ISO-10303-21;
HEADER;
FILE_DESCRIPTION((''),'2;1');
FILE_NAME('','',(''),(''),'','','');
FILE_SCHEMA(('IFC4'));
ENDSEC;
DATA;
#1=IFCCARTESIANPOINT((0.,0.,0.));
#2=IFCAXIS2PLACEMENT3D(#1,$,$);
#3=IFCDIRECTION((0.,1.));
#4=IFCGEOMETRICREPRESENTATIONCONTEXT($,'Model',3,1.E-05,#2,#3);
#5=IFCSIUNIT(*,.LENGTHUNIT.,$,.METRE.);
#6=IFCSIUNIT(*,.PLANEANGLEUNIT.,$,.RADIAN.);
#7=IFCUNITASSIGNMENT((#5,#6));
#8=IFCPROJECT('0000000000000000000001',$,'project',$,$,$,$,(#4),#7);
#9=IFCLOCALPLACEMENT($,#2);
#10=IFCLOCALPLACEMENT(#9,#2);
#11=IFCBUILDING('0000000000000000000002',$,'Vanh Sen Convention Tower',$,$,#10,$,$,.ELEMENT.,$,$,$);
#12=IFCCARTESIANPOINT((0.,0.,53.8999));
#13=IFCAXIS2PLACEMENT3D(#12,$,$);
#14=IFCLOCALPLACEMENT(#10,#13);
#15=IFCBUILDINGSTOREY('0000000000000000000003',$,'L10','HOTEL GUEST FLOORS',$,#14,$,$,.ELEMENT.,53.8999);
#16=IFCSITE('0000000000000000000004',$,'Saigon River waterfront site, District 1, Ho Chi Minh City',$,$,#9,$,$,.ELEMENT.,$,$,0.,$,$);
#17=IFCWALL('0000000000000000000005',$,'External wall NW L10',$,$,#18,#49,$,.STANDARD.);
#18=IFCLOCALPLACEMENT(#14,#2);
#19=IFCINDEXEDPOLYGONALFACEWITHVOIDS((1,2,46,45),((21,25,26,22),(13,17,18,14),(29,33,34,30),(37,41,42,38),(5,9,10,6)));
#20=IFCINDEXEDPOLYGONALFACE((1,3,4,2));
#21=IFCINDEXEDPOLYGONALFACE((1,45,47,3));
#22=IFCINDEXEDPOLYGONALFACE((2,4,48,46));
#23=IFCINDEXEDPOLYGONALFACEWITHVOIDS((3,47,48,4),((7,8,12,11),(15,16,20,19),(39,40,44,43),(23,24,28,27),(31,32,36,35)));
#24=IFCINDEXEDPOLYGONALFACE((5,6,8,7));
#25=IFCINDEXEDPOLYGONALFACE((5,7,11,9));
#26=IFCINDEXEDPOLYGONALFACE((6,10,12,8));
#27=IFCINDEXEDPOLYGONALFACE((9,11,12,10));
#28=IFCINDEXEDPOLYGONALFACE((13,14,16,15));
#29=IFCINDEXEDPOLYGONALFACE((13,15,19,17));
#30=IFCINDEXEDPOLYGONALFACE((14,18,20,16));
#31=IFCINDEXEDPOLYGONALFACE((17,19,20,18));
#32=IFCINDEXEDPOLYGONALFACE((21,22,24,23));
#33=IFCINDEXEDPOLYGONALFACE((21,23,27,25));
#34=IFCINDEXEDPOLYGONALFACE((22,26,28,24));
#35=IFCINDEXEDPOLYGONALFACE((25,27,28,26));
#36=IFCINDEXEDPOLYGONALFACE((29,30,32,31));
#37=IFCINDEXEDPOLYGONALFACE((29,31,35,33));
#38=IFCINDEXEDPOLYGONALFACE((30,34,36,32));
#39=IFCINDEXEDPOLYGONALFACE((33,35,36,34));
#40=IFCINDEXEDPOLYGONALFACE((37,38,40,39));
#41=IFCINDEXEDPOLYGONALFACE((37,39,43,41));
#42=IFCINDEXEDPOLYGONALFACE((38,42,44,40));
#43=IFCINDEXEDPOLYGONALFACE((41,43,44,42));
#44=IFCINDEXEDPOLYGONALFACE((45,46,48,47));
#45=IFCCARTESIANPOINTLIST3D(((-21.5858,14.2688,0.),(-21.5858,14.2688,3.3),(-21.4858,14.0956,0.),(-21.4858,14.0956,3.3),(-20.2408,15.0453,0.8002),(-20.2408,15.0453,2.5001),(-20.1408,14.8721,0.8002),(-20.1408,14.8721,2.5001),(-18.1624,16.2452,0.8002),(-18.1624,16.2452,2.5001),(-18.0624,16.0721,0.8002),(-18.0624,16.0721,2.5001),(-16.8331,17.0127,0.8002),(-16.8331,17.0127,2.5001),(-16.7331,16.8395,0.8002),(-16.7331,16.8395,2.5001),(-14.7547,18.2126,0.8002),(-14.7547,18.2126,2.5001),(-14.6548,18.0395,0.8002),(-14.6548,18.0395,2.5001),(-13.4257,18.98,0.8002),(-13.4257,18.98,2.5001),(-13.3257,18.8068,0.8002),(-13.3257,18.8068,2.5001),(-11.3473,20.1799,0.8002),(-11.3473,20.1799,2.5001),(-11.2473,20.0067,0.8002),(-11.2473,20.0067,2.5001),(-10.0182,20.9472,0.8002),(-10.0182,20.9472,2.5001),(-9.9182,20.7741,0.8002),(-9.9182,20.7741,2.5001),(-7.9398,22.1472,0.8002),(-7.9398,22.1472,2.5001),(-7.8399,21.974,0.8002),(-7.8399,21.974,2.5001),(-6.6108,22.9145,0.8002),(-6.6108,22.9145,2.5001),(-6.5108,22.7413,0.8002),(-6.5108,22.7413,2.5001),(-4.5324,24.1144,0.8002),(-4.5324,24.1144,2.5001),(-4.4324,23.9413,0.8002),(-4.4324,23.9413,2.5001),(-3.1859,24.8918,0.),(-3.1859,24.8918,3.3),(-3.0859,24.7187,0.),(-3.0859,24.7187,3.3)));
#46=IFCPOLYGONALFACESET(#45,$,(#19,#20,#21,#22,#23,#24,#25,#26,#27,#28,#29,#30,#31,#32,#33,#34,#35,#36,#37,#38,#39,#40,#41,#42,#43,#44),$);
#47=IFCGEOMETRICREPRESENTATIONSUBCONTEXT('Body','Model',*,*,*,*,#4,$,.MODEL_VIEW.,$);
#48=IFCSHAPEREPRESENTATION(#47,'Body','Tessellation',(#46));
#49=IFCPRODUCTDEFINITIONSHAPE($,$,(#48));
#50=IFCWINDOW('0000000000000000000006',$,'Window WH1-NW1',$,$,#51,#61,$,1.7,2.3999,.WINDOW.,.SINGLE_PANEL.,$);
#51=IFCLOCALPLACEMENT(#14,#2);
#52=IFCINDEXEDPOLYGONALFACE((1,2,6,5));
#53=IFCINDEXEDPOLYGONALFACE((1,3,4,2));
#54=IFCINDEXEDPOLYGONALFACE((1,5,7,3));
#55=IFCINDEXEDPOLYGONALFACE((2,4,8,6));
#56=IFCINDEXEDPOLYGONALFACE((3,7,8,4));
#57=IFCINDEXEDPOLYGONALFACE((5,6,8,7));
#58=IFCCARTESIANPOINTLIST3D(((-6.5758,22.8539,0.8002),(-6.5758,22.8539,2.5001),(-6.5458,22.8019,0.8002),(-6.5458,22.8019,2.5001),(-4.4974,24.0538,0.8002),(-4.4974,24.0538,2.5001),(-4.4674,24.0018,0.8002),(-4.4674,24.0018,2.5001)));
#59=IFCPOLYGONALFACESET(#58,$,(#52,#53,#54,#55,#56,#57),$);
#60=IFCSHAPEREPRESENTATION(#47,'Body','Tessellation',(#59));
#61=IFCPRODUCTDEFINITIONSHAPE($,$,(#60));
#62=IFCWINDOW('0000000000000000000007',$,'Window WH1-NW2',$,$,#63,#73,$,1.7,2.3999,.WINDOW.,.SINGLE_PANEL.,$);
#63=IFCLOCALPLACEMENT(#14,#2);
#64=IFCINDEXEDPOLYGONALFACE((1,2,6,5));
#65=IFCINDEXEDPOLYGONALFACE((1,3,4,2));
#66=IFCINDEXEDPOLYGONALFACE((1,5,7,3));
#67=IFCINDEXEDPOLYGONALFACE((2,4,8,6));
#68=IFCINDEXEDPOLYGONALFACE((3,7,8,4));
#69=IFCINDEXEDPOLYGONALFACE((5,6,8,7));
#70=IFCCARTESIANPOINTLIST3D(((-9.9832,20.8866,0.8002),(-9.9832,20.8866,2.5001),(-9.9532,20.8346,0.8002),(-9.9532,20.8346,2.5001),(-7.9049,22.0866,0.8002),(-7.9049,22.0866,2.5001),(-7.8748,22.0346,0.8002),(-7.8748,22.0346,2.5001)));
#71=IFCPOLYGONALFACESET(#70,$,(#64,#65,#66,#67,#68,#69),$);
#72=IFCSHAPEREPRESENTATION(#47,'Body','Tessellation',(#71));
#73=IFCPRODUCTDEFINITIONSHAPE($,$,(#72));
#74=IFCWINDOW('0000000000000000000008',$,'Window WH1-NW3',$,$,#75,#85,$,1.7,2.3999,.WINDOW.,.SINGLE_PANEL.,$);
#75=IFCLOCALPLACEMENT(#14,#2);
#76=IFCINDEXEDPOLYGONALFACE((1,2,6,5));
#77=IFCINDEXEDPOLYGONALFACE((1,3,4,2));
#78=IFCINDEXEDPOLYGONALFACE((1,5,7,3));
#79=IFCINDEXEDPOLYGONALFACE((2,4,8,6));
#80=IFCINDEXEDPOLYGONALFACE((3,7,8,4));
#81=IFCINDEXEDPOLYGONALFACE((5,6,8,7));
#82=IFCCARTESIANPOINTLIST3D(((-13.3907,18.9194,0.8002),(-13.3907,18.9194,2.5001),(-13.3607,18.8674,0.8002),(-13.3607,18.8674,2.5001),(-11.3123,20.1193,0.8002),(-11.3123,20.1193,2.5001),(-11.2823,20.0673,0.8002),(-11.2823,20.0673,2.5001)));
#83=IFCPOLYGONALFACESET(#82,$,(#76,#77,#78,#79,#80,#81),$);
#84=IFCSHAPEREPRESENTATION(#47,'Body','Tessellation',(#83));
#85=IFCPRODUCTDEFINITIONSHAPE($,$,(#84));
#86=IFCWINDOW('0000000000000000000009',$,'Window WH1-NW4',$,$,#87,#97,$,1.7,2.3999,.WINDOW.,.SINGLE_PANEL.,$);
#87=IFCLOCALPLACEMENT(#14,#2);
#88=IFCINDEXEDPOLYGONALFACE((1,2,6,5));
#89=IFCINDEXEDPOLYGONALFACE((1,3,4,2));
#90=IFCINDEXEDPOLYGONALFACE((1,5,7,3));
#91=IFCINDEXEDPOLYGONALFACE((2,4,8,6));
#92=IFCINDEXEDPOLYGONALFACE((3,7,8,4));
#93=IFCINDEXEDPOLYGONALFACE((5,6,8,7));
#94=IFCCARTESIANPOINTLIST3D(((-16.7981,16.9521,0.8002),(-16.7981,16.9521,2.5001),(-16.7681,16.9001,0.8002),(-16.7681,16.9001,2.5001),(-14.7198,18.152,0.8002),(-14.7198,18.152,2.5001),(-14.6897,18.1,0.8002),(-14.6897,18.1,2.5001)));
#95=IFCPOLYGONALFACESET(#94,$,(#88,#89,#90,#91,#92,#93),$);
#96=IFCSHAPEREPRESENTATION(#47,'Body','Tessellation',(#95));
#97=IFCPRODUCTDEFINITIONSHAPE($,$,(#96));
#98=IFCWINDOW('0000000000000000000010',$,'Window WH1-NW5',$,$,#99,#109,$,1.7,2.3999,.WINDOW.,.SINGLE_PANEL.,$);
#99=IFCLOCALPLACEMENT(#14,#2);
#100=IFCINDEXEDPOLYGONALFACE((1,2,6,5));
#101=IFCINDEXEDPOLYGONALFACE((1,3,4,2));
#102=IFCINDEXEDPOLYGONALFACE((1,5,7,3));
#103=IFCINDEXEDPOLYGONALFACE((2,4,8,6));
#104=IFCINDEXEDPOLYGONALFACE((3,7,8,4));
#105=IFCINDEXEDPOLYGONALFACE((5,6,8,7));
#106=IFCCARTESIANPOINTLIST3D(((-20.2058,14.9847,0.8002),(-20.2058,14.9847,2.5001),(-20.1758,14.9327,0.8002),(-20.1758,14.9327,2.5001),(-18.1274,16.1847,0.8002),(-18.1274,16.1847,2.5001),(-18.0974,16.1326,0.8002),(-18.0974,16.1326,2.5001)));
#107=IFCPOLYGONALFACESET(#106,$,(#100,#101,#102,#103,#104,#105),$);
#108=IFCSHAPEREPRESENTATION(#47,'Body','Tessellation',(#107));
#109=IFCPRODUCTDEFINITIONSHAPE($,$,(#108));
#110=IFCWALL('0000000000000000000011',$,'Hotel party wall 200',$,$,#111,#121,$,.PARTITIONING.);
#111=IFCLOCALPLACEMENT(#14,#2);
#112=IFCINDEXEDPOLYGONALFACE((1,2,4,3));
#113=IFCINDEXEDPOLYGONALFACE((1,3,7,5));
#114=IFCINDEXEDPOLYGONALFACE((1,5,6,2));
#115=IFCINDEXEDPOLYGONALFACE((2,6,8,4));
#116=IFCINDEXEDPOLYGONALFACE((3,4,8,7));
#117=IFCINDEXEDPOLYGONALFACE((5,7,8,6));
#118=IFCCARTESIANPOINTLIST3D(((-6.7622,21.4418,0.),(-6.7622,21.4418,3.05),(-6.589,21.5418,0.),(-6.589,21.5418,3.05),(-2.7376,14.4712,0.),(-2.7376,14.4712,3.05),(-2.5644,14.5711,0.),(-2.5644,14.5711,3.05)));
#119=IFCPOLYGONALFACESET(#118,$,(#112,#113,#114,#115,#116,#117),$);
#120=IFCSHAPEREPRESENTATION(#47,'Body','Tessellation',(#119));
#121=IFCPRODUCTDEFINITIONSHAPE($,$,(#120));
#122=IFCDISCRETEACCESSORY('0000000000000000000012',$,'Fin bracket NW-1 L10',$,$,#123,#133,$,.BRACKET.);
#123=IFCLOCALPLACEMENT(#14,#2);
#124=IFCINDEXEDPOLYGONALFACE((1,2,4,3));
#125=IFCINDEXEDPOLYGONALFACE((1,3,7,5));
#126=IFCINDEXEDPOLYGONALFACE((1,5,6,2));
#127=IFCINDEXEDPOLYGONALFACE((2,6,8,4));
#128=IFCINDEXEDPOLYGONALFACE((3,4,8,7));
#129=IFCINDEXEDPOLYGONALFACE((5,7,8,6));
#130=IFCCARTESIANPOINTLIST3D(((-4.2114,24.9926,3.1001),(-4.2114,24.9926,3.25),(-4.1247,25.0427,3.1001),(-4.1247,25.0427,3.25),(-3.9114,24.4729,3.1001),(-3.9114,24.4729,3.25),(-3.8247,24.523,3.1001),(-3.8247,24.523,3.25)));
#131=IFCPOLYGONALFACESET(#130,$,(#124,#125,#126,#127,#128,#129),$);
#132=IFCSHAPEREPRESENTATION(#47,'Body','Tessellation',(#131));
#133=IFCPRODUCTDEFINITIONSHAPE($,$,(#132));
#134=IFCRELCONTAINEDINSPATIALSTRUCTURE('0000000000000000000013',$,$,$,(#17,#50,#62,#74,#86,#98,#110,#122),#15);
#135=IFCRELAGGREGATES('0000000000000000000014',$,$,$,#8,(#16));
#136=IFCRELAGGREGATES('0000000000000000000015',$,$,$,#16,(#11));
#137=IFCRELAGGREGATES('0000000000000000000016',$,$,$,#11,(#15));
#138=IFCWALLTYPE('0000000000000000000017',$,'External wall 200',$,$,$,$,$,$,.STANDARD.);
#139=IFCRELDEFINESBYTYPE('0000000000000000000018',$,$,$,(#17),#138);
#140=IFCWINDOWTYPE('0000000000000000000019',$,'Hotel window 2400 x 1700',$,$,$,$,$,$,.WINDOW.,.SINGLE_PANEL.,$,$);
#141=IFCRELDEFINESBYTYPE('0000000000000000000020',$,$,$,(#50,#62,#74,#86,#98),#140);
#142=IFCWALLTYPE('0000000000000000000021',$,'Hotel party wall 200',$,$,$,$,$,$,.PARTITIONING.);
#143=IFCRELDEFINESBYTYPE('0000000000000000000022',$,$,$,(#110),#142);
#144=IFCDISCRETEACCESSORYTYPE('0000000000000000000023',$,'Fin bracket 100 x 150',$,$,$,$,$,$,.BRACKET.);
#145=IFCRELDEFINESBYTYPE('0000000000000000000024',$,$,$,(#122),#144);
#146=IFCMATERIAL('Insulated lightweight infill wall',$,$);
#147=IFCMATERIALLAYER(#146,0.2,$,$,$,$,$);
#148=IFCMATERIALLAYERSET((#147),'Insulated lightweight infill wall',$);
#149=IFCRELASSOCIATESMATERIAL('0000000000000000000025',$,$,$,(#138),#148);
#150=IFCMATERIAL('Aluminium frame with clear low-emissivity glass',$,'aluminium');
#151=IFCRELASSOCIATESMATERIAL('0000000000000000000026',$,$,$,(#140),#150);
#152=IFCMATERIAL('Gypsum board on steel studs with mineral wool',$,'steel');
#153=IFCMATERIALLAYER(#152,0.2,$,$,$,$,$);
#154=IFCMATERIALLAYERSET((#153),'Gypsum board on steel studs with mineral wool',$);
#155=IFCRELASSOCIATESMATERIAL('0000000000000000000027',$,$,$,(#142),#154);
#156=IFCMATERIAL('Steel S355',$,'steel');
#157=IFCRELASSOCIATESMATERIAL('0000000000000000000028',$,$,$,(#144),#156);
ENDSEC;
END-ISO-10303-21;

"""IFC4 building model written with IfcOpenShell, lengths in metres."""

from ifc_helpers import new_model, si_unit, direction, frame, frame_2d, origin, origin_2d, place, context, subcontext, project, spatial, rectangle, extrude, material, layer, layer_set, type_object, element, fill, save


model = new_model("IFC4")

# Units and contexts
model_context = context("Model", 3, precision=1e-05, world=origin(), true_north=direction((0.0, 1.0)))
body_context = subcontext(model_context, "Body", "Model", "MODEL_VIEW")
ifc_project = project(units=[si_unit("LENGTHUNIT", "METRE"), si_unit("PLANEANGLEUNIT", "RADIAN")], contexts=[model_context])

# Site, building, storey
site_placement = place(None, origin())
site = spatial("IfcSite", under=ifc_project, at=site_placement, Name="Saigon River waterfront site, District 1, Ho Chi Minh City", CompositionType="ELEMENT", RefElevation=0.0)
building_placement = place(site_placement, origin())
building = spatial("IfcBuilding", under=site, at=building_placement, Name="Vanh Sen Convention Tower", CompositionType="ELEMENT")
storey_placement = place(building_placement, frame((0.0, 0.0, 53.8999)))
storey = spatial("IfcBuildingStorey", under=building, at=storey_placement, Name="L10", Description="HOTEL GUEST FLOORS", CompositionType="ELEMENT", Elevation=53.8999)

# Shared definitions
ifc_material_1 = material(Name="Gypsum board on steel studs with mineral wool", Category="steel")

# Wall, openings, windows
ifc_material_2 = material(Name="Insulated lightweight infill wall")
ifc_layer_1 = layer(ifc_material_2, 0.2)
ifc_layer_set_1 = layer_set([ifc_layer_1], Name="Insulated lightweight infill wall")
wall_type_1 = type_object("IfcWallType", Name="External wall 200", PredefinedType="STANDARD", material=ifc_layer_set_1)
wall_1_placement = place(storey_placement, frame((-3.136, 24.8052, 0.0), z_axis=(0.0, 0.0, 1.0), x_axis=(-0.866028, -0.499995, 0.0)))
wall_1 = element("IfcWall", 1, at=wall_1_placement, inside=storey, type_object=wall_type_1, Name="External wall NW L10", PredefinedType="STANDARD", context=body_context, shape_type="SweptSolid", body=[
    extrude(rectangle(XDim=21.2463, YDim=0.2, at=frame_2d((10.623, 0.0))), origin(), (0.0, 0.0, 1.0), 3.3),
])
opening_1_placement = place(wall_1_placement, frame((1.5547, 0.0, 0.8)))
opening_1 = element("IfcOpeningElement", 2, at=opening_1_placement, cuts=wall_1, PredefinedType="OPENING", context=body_context, shape_type="SweptSolid", body=[
    extrude(rectangle(XDim=2.3999, YDim=1.7, at=frame_2d((1.2, 0.8501))), frame((0.0, 0.1099, 0.0), z_axis=(0.0, -1.0, 0.0), x_axis=(1.0, 0.0, 0.0)), (0.0, 0.0, 1.0), 0.22),
])
opening_2_placement = place(wall_1_placement, frame((5.4893, 0.0, 0.8)))
opening_2 = element("IfcOpeningElement", 3, at=opening_2_placement, cuts=wall_1, PredefinedType="OPENING", context=body_context, shape_type="SweptSolid", body=[
    extrude(rectangle(XDim=2.3999, YDim=1.7, at=frame_2d((1.2, 0.8501))), frame((0.0, 0.1099, 0.0), z_axis=(0.0, -1.0, 0.0), x_axis=(1.0, 0.0, 0.0)), (0.0, 0.0, 1.0), 0.22),
])
opening_3_placement = place(wall_1_placement, frame((9.4238, 0.0, 0.8)))
opening_3 = element("IfcOpeningElement", 4, at=opening_3_placement, cuts=wall_1, PredefinedType="OPENING", context=body_context, shape_type="SweptSolid", body=[
    extrude(rectangle(XDim=2.3999, YDim=1.7, at=frame_2d((1.2, 0.8501))), frame((0.0, 0.1099, 0.0), z_axis=(0.0, -1.0, 0.0), x_axis=(1.0, 0.0, 0.0)), (0.0, 0.0, 1.0), 0.22),
])
opening_4_placement = place(wall_1_placement, frame((13.3584, 0.0, 0.8)))
opening_4 = element("IfcOpeningElement", 5, at=opening_4_placement, cuts=wall_1, PredefinedType="OPENING", context=body_context, shape_type="SweptSolid", body=[
    extrude(rectangle(XDim=2.3999, YDim=1.7, at=frame_2d((1.2, 0.8501))), frame((0.0, 0.1099, 0.0), z_axis=(0.0, -1.0, 0.0), x_axis=(1.0, 0.0, 0.0)), (0.0, 0.0, 1.0), 0.22),
])
opening_5_placement = place(wall_1_placement, frame((17.2932, 0.0, 0.8)))
opening_5 = element("IfcOpeningElement", 6, at=opening_5_placement, cuts=wall_1, PredefinedType="OPENING", context=body_context, shape_type="SweptSolid", body=[
    extrude(rectangle(XDim=2.3999, YDim=1.7, at=frame_2d((1.2, 0.8501))), frame((0.0, 0.1099, 0.0), z_axis=(0.0, -1.0, 0.0), x_axis=(1.0, 0.0, 0.0)), (0.0, 0.0, 1.0), 0.22),
])
ifc_material_3 = material(Name="Aluminium frame with clear low-emissivity glass", Category="aluminium")
window_type = type_object("IfcWindowType", Name="Hotel window 2400 x 1700", PartitioningType="SINGLE_PANEL", PredefinedType="WINDOW", material=ifc_material_3)
window_1_placement = place(opening_1_placement, origin())
window_1 = element("IfcWindow", 7, at=window_1_placement, inside=storey, type_object=window_type, Name="Window WH1-NW1", OverallHeight=1.7, OverallWidth=2.3999, PartitioningType="SINGLE_PANEL", PredefinedType="WINDOW", context=body_context, shape_type="SweptSolid", body=[
    extrude(rectangle(XDim=2.3999, YDim=1.7, at=frame_2d((1.2, 0.8501))), frame((0.0, 0.03, 0.0), z_axis=(0.0, -1.0, 0.0), x_axis=(1.0, 0.0, 0.0)), (0.0, 0.0, 1.0), 0.0601),
])
fill(opening_1, window_1)
window_2_placement = place(opening_2_placement, origin())
window_2 = element("IfcWindow", 8, at=window_2_placement, inside=storey, type_object=window_type, Name="Window WH1-NW2", OverallHeight=1.7, OverallWidth=2.3999, PartitioningType="SINGLE_PANEL", PredefinedType="WINDOW", context=body_context, shape_type="SweptSolid", body=[
    extrude(rectangle(XDim=2.3999, YDim=1.7, at=frame_2d((1.2, 0.8501))), frame((0.0, 0.03, 0.0), z_axis=(0.0, -1.0, 0.0), x_axis=(1.0, 0.0, 0.0)), (0.0, 0.0, 1.0), 0.0601),
])
fill(opening_2, window_2)
window_3_placement = place(opening_3_placement, origin())
window_3 = element("IfcWindow", 9, at=window_3_placement, inside=storey, type_object=window_type, Name="Window WH1-NW3", OverallHeight=1.7, OverallWidth=2.3999, PartitioningType="SINGLE_PANEL", PredefinedType="WINDOW", context=body_context, shape_type="SweptSolid", body=[
    extrude(rectangle(XDim=2.3999, YDim=1.7, at=frame_2d((1.2, 0.8501))), frame((0.0, 0.03, 0.0), z_axis=(0.0, -1.0, 0.0), x_axis=(1.0, 0.0, 0.0)), (0.0, 0.0, 1.0), 0.0601),
])
fill(opening_3, window_3)
window_4_placement = place(opening_4_placement, origin())
window_4 = element("IfcWindow", 10, at=window_4_placement, inside=storey, type_object=window_type, Name="Window WH1-NW4", OverallHeight=1.7, OverallWidth=2.3999, PartitioningType="SINGLE_PANEL", PredefinedType="WINDOW", context=body_context, shape_type="SweptSolid", body=[
    extrude(rectangle(XDim=2.3999, YDim=1.7, at=frame_2d((1.2, 0.8501))), frame((0.0, 0.03, 0.0), z_axis=(0.0, -1.0, 0.0), x_axis=(1.0, 0.0, 0.0)), (0.0, 0.0, 1.0), 0.0601),
])
fill(opening_4, window_4)
window_5_placement = place(opening_5_placement, origin())
window_5 = element("IfcWindow", 11, at=window_5_placement, inside=storey, type_object=window_type, Name="Window WH1-NW5", OverallHeight=1.7, OverallWidth=2.3999, PartitioningType="SINGLE_PANEL", PredefinedType="WINDOW", context=body_context, shape_type="SweptSolid", body=[
    extrude(rectangle(XDim=2.3999, YDim=1.7, at=frame_2d((1.2, 0.8501))), frame((0.0, 0.03, 0.0), z_axis=(0.0, -1.0, 0.0), x_axis=(1.0, 0.0, 0.0)), (0.0, 0.0, 1.0), 0.0601),
])
fill(opening_5, window_5)

# Wall
ifc_layer_2 = layer(ifc_material_1, 0.2)
ifc_layer_set_2 = layer_set([ifc_layer_2], Name="Gypsum board on steel studs with mineral wool")
wall_type_2 = type_object("IfcWallType", Name="Hotel party wall 200", PredefinedType="PARTITIONING", material=ifc_layer_set_2)
wall_2_placement = place(storey_placement, frame((-6.6755, 21.4917, 0.0), z_axis=(0.0, 0.0, 1.0), x_axis=(0.500011, -0.866019, 0.0)))
element("IfcWall", 12, at=wall_2_placement, inside=storey, type_object=wall_type_2, Name="Hotel party wall 200", PredefinedType="PARTITIONING", context=body_context, shape_type="SweptSolid", body=[
    extrude(rectangle(XDim=8.0491, YDim=0.2, at=frame_2d((4.0244, 0.0))), origin(), (0.0, 0.0, 1.0), 3.05),
])

# Discrete accessory
ifc_material_4 = material(Name="Steel S355", Category="steel")
discrete_accessory_type = type_object("IfcDiscreteAccessoryType", Name="Fin bracket 100 x 150", PredefinedType="BRACKET", material=ifc_material_4)
discrete_accessory_placement = place(storey_placement, frame((-4.0181, 24.7578, 3.1001), z_axis=(0.0, 0.0, 1.0), x_axis=(-0.5, 0.866025, 0.0)))
element("IfcDiscreteAccessory", 13, at=discrete_accessory_placement, inside=storey, type_object=discrete_accessory_type, Name="Fin bracket NW-1 L10", PredefinedType="BRACKET", context=body_context, shape_type="SweptSolid", body=[
    extrude(rectangle(XDim=0.6001, YDim=0.1001, at=origin_2d()), origin(), (0.0, 0.0, 1.0), 0.1499),
])

save(model, "model.ifc")
